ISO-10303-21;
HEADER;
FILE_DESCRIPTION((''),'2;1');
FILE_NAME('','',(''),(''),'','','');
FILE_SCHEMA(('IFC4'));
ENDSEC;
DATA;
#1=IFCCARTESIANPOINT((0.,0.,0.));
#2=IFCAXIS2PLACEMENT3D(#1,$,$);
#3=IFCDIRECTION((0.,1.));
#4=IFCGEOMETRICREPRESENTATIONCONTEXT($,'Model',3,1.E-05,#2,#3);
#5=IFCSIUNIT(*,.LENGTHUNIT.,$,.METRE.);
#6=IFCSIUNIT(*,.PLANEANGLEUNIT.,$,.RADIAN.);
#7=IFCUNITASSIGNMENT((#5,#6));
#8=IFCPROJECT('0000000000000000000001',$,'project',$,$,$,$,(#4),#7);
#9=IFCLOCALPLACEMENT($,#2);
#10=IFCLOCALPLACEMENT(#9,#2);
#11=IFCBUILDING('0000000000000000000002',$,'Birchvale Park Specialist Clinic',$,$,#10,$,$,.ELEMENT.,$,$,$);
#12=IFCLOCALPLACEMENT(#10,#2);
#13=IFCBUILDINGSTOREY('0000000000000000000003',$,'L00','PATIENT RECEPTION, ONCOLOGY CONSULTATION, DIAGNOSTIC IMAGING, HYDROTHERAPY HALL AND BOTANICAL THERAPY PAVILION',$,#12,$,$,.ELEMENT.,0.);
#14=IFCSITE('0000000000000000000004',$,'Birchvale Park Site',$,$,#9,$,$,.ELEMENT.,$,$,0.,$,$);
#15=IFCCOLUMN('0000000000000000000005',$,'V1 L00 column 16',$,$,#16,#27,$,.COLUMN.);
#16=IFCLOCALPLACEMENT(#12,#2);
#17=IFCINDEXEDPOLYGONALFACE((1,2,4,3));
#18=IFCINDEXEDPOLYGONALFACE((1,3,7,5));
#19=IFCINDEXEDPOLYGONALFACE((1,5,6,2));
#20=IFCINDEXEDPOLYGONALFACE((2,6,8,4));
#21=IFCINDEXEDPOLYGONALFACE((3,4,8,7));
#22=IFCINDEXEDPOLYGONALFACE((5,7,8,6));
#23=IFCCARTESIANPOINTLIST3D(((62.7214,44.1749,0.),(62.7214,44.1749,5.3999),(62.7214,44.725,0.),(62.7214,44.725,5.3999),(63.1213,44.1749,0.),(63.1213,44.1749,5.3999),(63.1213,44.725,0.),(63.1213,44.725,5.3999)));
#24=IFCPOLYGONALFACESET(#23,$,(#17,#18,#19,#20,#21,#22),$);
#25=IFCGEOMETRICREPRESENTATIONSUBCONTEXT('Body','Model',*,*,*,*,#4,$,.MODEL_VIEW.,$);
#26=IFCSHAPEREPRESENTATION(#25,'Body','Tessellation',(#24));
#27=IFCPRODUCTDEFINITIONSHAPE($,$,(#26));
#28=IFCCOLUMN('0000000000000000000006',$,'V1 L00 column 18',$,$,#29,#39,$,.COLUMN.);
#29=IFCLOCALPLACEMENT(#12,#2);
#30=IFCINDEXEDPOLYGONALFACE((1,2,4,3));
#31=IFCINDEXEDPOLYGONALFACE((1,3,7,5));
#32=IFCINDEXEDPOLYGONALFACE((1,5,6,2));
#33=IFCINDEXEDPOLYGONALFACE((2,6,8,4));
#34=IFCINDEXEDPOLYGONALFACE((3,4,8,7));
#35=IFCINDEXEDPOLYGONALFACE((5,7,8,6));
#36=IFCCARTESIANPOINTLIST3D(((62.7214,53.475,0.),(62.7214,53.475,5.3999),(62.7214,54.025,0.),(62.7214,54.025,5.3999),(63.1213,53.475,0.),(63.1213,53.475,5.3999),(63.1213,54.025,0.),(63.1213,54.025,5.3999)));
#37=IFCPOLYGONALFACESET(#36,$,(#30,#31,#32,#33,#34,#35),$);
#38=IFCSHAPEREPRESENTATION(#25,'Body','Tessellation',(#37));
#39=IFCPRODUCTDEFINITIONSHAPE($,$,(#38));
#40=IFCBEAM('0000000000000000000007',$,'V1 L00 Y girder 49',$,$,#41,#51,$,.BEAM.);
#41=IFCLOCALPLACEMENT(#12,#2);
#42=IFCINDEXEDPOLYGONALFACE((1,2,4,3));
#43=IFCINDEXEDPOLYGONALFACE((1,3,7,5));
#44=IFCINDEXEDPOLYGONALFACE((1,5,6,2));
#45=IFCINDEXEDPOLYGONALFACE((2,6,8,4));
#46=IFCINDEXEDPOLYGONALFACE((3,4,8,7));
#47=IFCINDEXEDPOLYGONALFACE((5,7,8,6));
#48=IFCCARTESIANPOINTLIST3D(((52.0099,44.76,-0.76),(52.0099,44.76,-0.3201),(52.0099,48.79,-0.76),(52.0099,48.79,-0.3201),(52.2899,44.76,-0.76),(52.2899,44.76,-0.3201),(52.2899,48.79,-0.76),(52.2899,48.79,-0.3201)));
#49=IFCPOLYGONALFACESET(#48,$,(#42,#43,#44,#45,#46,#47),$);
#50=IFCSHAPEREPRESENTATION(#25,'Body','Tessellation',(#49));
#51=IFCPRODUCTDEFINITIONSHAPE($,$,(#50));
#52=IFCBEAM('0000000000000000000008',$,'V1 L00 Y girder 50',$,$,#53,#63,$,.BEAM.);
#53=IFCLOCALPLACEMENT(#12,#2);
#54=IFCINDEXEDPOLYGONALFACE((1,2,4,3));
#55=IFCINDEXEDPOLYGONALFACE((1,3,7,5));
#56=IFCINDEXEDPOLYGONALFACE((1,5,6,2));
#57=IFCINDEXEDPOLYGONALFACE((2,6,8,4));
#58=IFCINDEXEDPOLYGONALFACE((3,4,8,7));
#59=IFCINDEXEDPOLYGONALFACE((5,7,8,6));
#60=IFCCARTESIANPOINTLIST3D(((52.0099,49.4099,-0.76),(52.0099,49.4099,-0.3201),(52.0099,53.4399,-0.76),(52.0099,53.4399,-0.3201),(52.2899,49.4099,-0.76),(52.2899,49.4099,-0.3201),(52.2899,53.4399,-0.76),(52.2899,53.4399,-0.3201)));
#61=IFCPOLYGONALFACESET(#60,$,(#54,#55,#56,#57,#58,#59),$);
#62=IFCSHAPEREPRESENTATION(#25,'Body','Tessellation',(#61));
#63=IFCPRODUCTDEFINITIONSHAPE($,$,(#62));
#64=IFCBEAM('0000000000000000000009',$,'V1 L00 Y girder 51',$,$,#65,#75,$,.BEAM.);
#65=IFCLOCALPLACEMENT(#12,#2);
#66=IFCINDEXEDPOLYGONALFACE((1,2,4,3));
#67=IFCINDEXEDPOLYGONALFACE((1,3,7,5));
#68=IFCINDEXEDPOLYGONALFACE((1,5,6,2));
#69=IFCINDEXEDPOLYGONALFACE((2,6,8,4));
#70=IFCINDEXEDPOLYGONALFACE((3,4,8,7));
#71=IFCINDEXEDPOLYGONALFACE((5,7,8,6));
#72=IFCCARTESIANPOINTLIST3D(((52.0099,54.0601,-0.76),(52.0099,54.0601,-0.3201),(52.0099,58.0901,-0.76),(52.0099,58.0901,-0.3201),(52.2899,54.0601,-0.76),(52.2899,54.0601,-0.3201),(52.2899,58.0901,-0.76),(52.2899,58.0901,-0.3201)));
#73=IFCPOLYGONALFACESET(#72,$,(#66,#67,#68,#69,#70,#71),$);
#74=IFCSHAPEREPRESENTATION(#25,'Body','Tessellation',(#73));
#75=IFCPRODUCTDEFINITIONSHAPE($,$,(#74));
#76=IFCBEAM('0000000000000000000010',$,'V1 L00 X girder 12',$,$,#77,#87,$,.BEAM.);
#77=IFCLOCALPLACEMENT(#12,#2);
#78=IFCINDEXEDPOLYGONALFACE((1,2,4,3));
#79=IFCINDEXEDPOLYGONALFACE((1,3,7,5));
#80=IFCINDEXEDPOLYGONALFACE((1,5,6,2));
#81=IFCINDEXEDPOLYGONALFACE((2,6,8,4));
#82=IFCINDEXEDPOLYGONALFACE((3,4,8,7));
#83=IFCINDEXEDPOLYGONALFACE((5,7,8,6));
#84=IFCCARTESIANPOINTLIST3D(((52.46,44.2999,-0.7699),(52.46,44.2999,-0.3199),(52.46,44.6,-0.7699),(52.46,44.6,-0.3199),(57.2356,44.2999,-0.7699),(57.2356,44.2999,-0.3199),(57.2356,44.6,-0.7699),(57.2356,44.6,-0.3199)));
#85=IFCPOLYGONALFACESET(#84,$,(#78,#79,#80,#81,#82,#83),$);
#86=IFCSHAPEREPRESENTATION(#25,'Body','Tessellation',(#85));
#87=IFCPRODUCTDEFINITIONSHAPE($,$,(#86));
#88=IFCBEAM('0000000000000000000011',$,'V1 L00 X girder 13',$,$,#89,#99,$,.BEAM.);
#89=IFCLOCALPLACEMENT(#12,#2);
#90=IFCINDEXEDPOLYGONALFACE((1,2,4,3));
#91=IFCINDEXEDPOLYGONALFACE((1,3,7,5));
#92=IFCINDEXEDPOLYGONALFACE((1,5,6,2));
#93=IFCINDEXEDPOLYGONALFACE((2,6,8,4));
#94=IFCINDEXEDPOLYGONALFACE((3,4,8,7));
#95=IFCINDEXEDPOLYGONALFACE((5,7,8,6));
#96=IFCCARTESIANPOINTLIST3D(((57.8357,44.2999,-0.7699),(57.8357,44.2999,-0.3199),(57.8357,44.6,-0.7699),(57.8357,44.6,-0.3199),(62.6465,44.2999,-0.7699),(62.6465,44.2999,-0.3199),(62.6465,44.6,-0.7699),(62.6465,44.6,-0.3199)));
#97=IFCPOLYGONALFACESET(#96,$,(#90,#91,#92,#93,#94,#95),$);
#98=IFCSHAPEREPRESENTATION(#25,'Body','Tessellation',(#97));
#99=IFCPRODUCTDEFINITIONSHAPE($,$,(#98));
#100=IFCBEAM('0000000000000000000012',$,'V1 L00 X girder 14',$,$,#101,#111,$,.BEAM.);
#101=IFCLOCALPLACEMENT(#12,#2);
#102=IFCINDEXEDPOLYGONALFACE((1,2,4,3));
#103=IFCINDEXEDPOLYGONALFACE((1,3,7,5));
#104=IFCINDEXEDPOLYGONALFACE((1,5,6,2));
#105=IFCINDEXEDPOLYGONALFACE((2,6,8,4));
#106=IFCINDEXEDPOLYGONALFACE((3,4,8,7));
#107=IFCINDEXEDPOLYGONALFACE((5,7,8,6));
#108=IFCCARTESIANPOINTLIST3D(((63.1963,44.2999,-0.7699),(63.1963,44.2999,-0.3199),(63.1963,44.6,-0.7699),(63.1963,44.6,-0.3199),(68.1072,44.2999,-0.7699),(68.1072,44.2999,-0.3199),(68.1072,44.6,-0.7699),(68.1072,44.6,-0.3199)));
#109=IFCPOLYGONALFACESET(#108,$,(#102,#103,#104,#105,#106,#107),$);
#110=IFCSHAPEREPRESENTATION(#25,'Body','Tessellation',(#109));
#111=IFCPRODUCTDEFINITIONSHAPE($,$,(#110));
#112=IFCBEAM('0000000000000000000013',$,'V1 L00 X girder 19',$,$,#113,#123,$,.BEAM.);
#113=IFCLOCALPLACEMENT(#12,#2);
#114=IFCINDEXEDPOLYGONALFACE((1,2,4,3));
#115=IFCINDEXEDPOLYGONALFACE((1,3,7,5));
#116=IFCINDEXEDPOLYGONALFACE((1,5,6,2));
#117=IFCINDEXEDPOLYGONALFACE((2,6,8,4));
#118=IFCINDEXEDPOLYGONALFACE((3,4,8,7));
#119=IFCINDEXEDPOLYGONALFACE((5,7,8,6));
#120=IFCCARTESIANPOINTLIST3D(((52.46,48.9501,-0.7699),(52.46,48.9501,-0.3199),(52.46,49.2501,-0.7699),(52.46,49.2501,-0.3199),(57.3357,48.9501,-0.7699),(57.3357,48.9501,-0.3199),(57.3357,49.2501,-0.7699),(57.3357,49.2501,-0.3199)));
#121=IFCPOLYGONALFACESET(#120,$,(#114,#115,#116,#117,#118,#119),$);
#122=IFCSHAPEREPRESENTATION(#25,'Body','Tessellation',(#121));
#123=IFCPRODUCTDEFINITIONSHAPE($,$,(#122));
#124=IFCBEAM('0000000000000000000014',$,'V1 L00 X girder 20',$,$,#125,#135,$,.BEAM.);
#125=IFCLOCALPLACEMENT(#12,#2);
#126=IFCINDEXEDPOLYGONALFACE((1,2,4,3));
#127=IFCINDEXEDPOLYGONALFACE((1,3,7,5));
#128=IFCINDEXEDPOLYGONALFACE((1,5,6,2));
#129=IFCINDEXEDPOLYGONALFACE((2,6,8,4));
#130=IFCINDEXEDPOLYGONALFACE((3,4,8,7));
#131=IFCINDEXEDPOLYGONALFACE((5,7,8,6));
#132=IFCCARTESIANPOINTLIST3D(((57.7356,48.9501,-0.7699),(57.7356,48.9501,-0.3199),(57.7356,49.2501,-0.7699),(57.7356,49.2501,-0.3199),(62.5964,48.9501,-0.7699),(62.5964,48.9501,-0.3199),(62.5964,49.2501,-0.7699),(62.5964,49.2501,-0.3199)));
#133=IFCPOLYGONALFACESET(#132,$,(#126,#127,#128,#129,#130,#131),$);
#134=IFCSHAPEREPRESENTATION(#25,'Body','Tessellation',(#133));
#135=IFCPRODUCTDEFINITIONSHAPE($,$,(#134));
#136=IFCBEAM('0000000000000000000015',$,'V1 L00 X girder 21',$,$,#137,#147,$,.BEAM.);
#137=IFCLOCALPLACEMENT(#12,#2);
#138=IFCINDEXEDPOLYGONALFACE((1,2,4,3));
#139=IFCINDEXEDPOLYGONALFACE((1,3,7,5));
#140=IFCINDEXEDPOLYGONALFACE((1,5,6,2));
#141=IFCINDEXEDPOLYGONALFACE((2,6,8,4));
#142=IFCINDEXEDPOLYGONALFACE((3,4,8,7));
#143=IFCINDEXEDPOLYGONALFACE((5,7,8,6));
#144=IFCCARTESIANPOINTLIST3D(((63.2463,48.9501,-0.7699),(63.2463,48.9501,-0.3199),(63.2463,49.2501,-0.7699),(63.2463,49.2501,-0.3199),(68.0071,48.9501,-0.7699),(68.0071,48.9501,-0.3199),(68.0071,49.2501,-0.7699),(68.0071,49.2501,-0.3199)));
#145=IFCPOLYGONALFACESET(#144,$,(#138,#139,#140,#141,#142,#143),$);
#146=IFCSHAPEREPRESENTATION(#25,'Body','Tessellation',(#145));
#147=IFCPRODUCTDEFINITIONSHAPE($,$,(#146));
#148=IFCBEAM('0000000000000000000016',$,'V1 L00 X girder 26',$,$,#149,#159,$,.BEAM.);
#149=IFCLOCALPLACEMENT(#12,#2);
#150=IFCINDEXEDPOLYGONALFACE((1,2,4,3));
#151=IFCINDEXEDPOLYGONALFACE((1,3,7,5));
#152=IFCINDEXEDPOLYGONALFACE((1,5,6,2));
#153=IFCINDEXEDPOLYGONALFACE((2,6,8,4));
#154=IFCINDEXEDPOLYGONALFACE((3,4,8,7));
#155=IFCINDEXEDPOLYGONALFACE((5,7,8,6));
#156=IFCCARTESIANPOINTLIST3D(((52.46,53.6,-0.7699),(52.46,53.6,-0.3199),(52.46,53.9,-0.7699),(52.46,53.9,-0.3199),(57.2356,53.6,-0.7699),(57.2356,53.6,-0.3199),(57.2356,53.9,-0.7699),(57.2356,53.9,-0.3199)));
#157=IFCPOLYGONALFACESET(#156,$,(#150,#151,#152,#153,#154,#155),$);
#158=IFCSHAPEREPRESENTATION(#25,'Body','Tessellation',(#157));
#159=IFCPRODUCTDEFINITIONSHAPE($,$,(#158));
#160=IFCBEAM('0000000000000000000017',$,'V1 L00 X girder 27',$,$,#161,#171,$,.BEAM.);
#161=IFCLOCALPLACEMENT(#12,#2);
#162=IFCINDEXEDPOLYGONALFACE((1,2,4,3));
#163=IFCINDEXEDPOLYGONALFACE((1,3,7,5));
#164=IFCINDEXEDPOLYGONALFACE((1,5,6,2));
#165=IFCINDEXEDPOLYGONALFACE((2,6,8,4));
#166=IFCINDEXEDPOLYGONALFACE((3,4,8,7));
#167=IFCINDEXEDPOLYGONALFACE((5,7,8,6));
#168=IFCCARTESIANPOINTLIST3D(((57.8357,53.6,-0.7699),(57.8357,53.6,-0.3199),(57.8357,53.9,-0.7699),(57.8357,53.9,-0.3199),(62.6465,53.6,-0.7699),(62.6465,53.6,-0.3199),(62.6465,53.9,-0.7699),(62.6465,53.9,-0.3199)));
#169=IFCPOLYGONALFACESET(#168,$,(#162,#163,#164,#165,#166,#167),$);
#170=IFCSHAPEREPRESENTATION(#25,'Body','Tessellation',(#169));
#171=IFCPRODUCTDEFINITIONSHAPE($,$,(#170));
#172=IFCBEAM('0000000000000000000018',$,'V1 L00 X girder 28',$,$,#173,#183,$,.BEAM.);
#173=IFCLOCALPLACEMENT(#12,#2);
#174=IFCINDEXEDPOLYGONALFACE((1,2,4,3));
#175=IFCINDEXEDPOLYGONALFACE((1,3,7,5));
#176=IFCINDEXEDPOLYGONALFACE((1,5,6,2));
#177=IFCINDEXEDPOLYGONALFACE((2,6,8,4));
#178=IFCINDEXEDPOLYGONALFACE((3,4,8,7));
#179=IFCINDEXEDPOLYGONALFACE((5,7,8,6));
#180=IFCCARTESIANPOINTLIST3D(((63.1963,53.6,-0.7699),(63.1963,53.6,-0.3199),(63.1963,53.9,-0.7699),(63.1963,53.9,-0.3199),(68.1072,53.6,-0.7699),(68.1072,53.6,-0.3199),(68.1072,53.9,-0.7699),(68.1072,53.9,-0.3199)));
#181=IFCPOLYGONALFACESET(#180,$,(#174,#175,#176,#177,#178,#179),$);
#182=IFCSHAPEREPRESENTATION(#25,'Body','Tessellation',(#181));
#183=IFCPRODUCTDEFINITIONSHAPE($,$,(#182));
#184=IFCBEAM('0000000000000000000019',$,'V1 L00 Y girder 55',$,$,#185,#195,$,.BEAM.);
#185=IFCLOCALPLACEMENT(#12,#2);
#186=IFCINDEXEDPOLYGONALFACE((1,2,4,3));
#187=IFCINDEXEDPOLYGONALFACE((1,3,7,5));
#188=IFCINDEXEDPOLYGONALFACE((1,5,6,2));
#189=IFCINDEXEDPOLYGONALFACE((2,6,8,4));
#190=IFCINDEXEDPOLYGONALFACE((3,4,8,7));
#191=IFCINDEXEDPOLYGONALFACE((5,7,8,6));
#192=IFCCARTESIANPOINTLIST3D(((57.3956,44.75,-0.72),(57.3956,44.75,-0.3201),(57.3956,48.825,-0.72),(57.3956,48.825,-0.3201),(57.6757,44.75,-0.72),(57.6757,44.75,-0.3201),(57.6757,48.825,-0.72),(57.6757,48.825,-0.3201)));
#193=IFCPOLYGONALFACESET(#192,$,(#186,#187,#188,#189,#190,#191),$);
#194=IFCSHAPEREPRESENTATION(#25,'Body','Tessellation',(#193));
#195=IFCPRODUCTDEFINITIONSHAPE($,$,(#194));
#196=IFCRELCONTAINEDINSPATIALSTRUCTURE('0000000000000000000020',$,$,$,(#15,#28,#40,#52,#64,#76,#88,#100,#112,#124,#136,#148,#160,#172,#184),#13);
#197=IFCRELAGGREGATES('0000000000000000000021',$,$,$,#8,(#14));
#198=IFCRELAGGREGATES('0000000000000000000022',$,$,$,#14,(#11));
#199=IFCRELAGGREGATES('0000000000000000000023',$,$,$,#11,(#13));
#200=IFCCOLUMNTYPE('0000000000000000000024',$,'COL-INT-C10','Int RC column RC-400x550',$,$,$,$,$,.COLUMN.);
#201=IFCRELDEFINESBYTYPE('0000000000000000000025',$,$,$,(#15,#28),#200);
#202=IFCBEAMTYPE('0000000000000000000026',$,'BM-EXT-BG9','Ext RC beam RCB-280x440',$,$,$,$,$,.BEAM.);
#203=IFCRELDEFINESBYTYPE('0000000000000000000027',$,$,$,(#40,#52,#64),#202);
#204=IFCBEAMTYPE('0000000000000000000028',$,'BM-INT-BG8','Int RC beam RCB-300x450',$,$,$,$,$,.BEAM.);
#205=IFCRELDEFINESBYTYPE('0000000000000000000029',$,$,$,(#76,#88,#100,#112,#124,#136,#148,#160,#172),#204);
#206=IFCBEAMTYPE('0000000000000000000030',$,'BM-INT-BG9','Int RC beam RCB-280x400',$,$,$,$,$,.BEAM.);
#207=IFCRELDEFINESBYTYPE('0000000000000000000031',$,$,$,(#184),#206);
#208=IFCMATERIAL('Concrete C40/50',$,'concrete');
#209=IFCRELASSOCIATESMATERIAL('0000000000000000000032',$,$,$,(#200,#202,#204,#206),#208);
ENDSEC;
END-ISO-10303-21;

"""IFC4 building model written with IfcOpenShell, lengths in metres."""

from ifc_helpers import new_model, si_unit, direction, frame, origin, origin_2d, place, context, subcontext, project, spatial, rectangle, extrude, material, material_profile, profile_set, type_object, element, save


model = new_model("IFC4")

# Units and contexts
model_context = context("Model", 3, precision=1e-05, world=origin(), true_north=direction((0.0, 1.0)))
body_context = subcontext(model_context, "Body", "Model", "MODEL_VIEW")
ifc_project = project(units=[si_unit("LENGTHUNIT", "METRE"), si_unit("PLANEANGLEUNIT", "RADIAN")], contexts=[model_context])

# Site, building, storey
site_placement = place(None, origin())
site = spatial("IfcSite", under=ifc_project, at=site_placement, Name="Birchvale Park Site", CompositionType="ELEMENT", RefElevation=0.0)
building_placement = place(site_placement, origin())
building = spatial("IfcBuilding", under=site, at=building_placement, Name="Birchvale Park Specialist Clinic", CompositionType="ELEMENT")
storey_placement = place(building_placement, origin())
storey = spatial("IfcBuildingStorey", under=building, at=storey_placement, Name="L00", Description="PATIENT RECEPTION, ONCOLOGY CONSULTATION, DIAGNOSTIC IMAGING, HYDROTHERAPY HALL AND BOTANICAL THERAPY PAVILION", CompositionType="ELEMENT", Elevation=0.0)

# Columns
ifc_material_1 = material(Name="Concrete C40/50", Category="concrete")
ifc_material_profile_1 = material_profile(ifc_material_1, rectangle(XDim=0.3999, YDim=0.55, at=origin_2d()), Name="RC-400x550")
ifc_profile_set_1 = profile_set([ifc_material_profile_1], Name="Concrete C40/50")
column_type_1 = type_object("IfcColumnType", Name="COL-INT-C10", Description="Int RC column RC-400x550", PredefinedType="COLUMN", material=ifc_profile_set_1)
for number, where, z_axis, x_axis, name in (
    (1, (62.9214, 44.45, 0.0), (0.0, 0.0, 1.0), (1.0, 0.0, 0.0), "V1 L00 column 16"),
    (2, (62.9214, 53.75, 0.0), (0.0, 0.0, 1.0), (1.0, 0.0, 0.0), "V1 L00 column 18"),
):
    element("IfcColumn", number, at=place(storey_placement, frame(where, z_axis=z_axis, x_axis=x_axis)), inside=storey, type_object=column_type_1, Name=name, PredefinedType="COLUMN", context=body_context, shape_type="SweptSolid", body=[
        extrude(rectangle(XDim=0.3999, YDim=0.55, at=origin_2d()), origin(), (0.0, 0.0, 1.0), 5.3999),
    ])

# Beams
ifc_material_profile_2 = material_profile(ifc_material_1, rectangle(XDim=0.28, YDim=0.4399, at=origin_2d()), Name="RCB-280x440")
ifc_profile_set_2 = profile_set([ifc_material_profile_2], Name="Concrete C40/50")
beam_type_1 = type_object("IfcBeamType", Name="BM-EXT-BG9", Description="Ext RC beam RCB-280x440", PredefinedType="BEAM", material=ifc_profile_set_2)
for number, where, z_axis, x_axis, name in (
    (3, (52.1499, 44.76, -0.54), (0.0, 1.0, 0.0), (-1.0, 0.0, 0.0), "V1 L00 Y girder 49"),
    (4, (52.1499, 49.4099, -0.54), (0.0, 1.0, 0.0), (-1.0, 0.0, 0.0), "V1 L00 Y girder 50"),
    (5, (52.1499, 54.0601, -0.54), (0.0, 1.0, 0.0), (-1.0, 0.0, 0.0), "V1 L00 Y girder 51"),
):
    element("IfcBeam", number, at=place(storey_placement, frame(where, z_axis=z_axis, x_axis=x_axis)), inside=storey, type_object=beam_type_1, Name=name, PredefinedType="BEAM", context=body_context, shape_type="SweptSolid", body=[
        extrude(rectangle(XDim=0.28, YDim=0.4399, at=origin_2d()), origin(), (0.0, 0.0, 1.0), 4.03),
    ])
ifc_material_profile_3 = material_profile(ifc_material_1, rectangle(XDim=0.3, YDim=0.45, at=origin_2d()), Name="RCB-300x450")
ifc_profile_set_3 = profile_set([ifc_material_profile_3], Name="Concrete C40/50")
beam_type_2 = type_object("IfcBeamType", Name="BM-INT-BG8", Description="Int RC beam RCB-300x450", PredefinedType="BEAM", material=ifc_profile_set_3)
beam_1_placement = place(storey_placement, frame((52.46, 44.45, -0.5449), z_axis=(1.0, 0.0, 0.0), x_axis=(0.0, 1.0, 0.0)))
element("IfcBeam", 6, at=beam_1_placement, inside=storey, type_object=beam_type_2, Name="V1 L00 X girder 12", PredefinedType="BEAM", context=body_context, shape_type="SweptSolid", body=[
    extrude(rectangle(XDim=0.3, YDim=0.45, at=origin_2d()), origin(), (0.0, 0.0, 1.0), 4.7756),
])
beam_2_placement = place(storey_placement, frame((57.8357, 44.45, -0.5449), z_axis=(1.0, 0.0, 0.0), x_axis=(0.0, 1.0, 0.0)))
element("IfcBeam", 7, at=beam_2_placement, inside=storey, type_object=beam_type_2, Name="V1 L00 X girder 13", PredefinedType="BEAM", context=body_context, shape_type="SweptSolid", body=[
    extrude(rectangle(XDim=0.3, YDim=0.45, at=origin_2d()), origin(), (0.0, 0.0, 1.0), 4.8108),
])
beam_3_placement = place(storey_placement, frame((63.1963, 44.45, -0.5449), z_axis=(1.0, 0.0, 0.0), x_axis=(0.0, 1.0, 0.0)))
element("IfcBeam", 8, at=beam_3_placement, inside=storey, type_object=beam_type_2, Name="V1 L00 X girder 14", PredefinedType="BEAM", context=body_context, shape_type="SweptSolid", body=[
    extrude(rectangle(XDim=0.3, YDim=0.45, at=origin_2d()), origin(), (0.0, 0.0, 1.0), 4.9109),
])
beam_4_placement = place(storey_placement, frame((52.46, 49.1001, -0.5449), z_axis=(1.0, 0.0, 0.0), x_axis=(0.0, 1.0, 0.0)))
element("IfcBeam", 9, at=beam_4_placement, inside=storey, type_object=beam_type_2, Name="V1 L00 X girder 19", PredefinedType="BEAM", context=body_context, shape_type="SweptSolid", body=[
    extrude(rectangle(XDim=0.3, YDim=0.45, at=origin_2d()), origin(), (0.0, 0.0, 1.0), 4.8757),
])
beam_5_placement = place(storey_placement, frame((57.7356, 49.1001, -0.5449), z_axis=(1.0, 0.0, 0.0), x_axis=(0.0, 1.0, 0.0)))
element("IfcBeam", 10, at=beam_5_placement, inside=storey, type_object=beam_type_2, Name="V1 L00 X girder 20", PredefinedType="BEAM", context=body_context, shape_type="SweptSolid", body=[
    extrude(rectangle(XDim=0.3, YDim=0.45, at=origin_2d()), origin(), (0.0, 0.0, 1.0), 4.8608),
])
beam_6_placement = place(storey_placement, frame((63.2463, 49.1001, -0.5449), z_axis=(1.0, 0.0, 0.0), x_axis=(0.0, 1.0, 0.0)))
element("IfcBeam", 11, at=beam_6_placement, inside=storey, type_object=beam_type_2, Name="V1 L00 X girder 21", PredefinedType="BEAM", context=body_context, shape_type="SweptSolid", body=[
    extrude(rectangle(XDim=0.3, YDim=0.45, at=origin_2d()), origin(), (0.0, 0.0, 1.0), 4.7607),
])
beam_7_placement = place(storey_placement, frame((52.46, 53.75, -0.5449), z_axis=(1.0, 0.0, 0.0), x_axis=(0.0, 1.0, 0.0)))
element("IfcBeam", 12, at=beam_7_placement, inside=storey, type_object=beam_type_2, Name="V1 L00 X girder 26", PredefinedType="BEAM", context=body_context, shape_type="SweptSolid", body=[
    extrude(rectangle(XDim=0.3, YDim=0.45, at=origin_2d()), origin(), (0.0, 0.0, 1.0), 4.7756),
])
beam_8_placement = place(storey_placement, frame((57.8357, 53.75, -0.5449), z_axis=(1.0, 0.0, 0.0), x_axis=(0.0, 1.0, 0.0)))
element("IfcBeam", 13, at=beam_8_placement, inside=storey, type_object=beam_type_2, Name="V1 L00 X girder 27", PredefinedType="BEAM", context=body_context, shape_type="SweptSolid", body=[
    extrude(rectangle(XDim=0.3, YDim=0.45, at=origin_2d()), origin(), (0.0, 0.0, 1.0), 4.8108),
])
beam_9_placement = place(storey_placement, frame((63.1963, 53.75, -0.5449), z_axis=(1.0, 0.0, 0.0), x_axis=(0.0, 1.0, 0.0)))
element("IfcBeam", 14, at=beam_9_placement, inside=storey, type_object=beam_type_2, Name="V1 L00 X girder 28", PredefinedType="BEAM", context=body_context, shape_type="SweptSolid", body=[
    extrude(rectangle(XDim=0.3, YDim=0.45, at=origin_2d()), origin(), (0.0, 0.0, 1.0), 4.9109),
])
ifc_material_profile_4 = material_profile(ifc_material_1, rectangle(XDim=0.28, YDim=0.3999, at=origin_2d()), Name="RCB-280x400")
ifc_profile_set_4 = profile_set([ifc_material_profile_4], Name="Concrete C40/50")
beam_type_3 = type_object("IfcBeamType", Name="BM-INT-BG9", Description="Int RC beam RCB-280x400", PredefinedType="BEAM", material=ifc_profile_set_4)
for number, where, z_axis, x_axis, name in (
    (15, (57.5356, 44.75, -0.52), (0.0, 1.0, 0.0), (-1.0, 0.0, 0.0), "V1 L00 Y girder 55"),
):
    element("IfcBeam", number, at=place(storey_placement, frame(where, z_axis=z_axis, x_axis=x_axis)), inside=storey, type_object=beam_type_3, Name=name, PredefinedType="BEAM", context=body_context, shape_type="SweptSolid", body=[
        extrude(rectangle(XDim=0.28, YDim=0.3999, at=origin_2d()), origin(), (0.0, 0.0, 1.0), 4.075),
    ])

save(model, "model.ifc")
